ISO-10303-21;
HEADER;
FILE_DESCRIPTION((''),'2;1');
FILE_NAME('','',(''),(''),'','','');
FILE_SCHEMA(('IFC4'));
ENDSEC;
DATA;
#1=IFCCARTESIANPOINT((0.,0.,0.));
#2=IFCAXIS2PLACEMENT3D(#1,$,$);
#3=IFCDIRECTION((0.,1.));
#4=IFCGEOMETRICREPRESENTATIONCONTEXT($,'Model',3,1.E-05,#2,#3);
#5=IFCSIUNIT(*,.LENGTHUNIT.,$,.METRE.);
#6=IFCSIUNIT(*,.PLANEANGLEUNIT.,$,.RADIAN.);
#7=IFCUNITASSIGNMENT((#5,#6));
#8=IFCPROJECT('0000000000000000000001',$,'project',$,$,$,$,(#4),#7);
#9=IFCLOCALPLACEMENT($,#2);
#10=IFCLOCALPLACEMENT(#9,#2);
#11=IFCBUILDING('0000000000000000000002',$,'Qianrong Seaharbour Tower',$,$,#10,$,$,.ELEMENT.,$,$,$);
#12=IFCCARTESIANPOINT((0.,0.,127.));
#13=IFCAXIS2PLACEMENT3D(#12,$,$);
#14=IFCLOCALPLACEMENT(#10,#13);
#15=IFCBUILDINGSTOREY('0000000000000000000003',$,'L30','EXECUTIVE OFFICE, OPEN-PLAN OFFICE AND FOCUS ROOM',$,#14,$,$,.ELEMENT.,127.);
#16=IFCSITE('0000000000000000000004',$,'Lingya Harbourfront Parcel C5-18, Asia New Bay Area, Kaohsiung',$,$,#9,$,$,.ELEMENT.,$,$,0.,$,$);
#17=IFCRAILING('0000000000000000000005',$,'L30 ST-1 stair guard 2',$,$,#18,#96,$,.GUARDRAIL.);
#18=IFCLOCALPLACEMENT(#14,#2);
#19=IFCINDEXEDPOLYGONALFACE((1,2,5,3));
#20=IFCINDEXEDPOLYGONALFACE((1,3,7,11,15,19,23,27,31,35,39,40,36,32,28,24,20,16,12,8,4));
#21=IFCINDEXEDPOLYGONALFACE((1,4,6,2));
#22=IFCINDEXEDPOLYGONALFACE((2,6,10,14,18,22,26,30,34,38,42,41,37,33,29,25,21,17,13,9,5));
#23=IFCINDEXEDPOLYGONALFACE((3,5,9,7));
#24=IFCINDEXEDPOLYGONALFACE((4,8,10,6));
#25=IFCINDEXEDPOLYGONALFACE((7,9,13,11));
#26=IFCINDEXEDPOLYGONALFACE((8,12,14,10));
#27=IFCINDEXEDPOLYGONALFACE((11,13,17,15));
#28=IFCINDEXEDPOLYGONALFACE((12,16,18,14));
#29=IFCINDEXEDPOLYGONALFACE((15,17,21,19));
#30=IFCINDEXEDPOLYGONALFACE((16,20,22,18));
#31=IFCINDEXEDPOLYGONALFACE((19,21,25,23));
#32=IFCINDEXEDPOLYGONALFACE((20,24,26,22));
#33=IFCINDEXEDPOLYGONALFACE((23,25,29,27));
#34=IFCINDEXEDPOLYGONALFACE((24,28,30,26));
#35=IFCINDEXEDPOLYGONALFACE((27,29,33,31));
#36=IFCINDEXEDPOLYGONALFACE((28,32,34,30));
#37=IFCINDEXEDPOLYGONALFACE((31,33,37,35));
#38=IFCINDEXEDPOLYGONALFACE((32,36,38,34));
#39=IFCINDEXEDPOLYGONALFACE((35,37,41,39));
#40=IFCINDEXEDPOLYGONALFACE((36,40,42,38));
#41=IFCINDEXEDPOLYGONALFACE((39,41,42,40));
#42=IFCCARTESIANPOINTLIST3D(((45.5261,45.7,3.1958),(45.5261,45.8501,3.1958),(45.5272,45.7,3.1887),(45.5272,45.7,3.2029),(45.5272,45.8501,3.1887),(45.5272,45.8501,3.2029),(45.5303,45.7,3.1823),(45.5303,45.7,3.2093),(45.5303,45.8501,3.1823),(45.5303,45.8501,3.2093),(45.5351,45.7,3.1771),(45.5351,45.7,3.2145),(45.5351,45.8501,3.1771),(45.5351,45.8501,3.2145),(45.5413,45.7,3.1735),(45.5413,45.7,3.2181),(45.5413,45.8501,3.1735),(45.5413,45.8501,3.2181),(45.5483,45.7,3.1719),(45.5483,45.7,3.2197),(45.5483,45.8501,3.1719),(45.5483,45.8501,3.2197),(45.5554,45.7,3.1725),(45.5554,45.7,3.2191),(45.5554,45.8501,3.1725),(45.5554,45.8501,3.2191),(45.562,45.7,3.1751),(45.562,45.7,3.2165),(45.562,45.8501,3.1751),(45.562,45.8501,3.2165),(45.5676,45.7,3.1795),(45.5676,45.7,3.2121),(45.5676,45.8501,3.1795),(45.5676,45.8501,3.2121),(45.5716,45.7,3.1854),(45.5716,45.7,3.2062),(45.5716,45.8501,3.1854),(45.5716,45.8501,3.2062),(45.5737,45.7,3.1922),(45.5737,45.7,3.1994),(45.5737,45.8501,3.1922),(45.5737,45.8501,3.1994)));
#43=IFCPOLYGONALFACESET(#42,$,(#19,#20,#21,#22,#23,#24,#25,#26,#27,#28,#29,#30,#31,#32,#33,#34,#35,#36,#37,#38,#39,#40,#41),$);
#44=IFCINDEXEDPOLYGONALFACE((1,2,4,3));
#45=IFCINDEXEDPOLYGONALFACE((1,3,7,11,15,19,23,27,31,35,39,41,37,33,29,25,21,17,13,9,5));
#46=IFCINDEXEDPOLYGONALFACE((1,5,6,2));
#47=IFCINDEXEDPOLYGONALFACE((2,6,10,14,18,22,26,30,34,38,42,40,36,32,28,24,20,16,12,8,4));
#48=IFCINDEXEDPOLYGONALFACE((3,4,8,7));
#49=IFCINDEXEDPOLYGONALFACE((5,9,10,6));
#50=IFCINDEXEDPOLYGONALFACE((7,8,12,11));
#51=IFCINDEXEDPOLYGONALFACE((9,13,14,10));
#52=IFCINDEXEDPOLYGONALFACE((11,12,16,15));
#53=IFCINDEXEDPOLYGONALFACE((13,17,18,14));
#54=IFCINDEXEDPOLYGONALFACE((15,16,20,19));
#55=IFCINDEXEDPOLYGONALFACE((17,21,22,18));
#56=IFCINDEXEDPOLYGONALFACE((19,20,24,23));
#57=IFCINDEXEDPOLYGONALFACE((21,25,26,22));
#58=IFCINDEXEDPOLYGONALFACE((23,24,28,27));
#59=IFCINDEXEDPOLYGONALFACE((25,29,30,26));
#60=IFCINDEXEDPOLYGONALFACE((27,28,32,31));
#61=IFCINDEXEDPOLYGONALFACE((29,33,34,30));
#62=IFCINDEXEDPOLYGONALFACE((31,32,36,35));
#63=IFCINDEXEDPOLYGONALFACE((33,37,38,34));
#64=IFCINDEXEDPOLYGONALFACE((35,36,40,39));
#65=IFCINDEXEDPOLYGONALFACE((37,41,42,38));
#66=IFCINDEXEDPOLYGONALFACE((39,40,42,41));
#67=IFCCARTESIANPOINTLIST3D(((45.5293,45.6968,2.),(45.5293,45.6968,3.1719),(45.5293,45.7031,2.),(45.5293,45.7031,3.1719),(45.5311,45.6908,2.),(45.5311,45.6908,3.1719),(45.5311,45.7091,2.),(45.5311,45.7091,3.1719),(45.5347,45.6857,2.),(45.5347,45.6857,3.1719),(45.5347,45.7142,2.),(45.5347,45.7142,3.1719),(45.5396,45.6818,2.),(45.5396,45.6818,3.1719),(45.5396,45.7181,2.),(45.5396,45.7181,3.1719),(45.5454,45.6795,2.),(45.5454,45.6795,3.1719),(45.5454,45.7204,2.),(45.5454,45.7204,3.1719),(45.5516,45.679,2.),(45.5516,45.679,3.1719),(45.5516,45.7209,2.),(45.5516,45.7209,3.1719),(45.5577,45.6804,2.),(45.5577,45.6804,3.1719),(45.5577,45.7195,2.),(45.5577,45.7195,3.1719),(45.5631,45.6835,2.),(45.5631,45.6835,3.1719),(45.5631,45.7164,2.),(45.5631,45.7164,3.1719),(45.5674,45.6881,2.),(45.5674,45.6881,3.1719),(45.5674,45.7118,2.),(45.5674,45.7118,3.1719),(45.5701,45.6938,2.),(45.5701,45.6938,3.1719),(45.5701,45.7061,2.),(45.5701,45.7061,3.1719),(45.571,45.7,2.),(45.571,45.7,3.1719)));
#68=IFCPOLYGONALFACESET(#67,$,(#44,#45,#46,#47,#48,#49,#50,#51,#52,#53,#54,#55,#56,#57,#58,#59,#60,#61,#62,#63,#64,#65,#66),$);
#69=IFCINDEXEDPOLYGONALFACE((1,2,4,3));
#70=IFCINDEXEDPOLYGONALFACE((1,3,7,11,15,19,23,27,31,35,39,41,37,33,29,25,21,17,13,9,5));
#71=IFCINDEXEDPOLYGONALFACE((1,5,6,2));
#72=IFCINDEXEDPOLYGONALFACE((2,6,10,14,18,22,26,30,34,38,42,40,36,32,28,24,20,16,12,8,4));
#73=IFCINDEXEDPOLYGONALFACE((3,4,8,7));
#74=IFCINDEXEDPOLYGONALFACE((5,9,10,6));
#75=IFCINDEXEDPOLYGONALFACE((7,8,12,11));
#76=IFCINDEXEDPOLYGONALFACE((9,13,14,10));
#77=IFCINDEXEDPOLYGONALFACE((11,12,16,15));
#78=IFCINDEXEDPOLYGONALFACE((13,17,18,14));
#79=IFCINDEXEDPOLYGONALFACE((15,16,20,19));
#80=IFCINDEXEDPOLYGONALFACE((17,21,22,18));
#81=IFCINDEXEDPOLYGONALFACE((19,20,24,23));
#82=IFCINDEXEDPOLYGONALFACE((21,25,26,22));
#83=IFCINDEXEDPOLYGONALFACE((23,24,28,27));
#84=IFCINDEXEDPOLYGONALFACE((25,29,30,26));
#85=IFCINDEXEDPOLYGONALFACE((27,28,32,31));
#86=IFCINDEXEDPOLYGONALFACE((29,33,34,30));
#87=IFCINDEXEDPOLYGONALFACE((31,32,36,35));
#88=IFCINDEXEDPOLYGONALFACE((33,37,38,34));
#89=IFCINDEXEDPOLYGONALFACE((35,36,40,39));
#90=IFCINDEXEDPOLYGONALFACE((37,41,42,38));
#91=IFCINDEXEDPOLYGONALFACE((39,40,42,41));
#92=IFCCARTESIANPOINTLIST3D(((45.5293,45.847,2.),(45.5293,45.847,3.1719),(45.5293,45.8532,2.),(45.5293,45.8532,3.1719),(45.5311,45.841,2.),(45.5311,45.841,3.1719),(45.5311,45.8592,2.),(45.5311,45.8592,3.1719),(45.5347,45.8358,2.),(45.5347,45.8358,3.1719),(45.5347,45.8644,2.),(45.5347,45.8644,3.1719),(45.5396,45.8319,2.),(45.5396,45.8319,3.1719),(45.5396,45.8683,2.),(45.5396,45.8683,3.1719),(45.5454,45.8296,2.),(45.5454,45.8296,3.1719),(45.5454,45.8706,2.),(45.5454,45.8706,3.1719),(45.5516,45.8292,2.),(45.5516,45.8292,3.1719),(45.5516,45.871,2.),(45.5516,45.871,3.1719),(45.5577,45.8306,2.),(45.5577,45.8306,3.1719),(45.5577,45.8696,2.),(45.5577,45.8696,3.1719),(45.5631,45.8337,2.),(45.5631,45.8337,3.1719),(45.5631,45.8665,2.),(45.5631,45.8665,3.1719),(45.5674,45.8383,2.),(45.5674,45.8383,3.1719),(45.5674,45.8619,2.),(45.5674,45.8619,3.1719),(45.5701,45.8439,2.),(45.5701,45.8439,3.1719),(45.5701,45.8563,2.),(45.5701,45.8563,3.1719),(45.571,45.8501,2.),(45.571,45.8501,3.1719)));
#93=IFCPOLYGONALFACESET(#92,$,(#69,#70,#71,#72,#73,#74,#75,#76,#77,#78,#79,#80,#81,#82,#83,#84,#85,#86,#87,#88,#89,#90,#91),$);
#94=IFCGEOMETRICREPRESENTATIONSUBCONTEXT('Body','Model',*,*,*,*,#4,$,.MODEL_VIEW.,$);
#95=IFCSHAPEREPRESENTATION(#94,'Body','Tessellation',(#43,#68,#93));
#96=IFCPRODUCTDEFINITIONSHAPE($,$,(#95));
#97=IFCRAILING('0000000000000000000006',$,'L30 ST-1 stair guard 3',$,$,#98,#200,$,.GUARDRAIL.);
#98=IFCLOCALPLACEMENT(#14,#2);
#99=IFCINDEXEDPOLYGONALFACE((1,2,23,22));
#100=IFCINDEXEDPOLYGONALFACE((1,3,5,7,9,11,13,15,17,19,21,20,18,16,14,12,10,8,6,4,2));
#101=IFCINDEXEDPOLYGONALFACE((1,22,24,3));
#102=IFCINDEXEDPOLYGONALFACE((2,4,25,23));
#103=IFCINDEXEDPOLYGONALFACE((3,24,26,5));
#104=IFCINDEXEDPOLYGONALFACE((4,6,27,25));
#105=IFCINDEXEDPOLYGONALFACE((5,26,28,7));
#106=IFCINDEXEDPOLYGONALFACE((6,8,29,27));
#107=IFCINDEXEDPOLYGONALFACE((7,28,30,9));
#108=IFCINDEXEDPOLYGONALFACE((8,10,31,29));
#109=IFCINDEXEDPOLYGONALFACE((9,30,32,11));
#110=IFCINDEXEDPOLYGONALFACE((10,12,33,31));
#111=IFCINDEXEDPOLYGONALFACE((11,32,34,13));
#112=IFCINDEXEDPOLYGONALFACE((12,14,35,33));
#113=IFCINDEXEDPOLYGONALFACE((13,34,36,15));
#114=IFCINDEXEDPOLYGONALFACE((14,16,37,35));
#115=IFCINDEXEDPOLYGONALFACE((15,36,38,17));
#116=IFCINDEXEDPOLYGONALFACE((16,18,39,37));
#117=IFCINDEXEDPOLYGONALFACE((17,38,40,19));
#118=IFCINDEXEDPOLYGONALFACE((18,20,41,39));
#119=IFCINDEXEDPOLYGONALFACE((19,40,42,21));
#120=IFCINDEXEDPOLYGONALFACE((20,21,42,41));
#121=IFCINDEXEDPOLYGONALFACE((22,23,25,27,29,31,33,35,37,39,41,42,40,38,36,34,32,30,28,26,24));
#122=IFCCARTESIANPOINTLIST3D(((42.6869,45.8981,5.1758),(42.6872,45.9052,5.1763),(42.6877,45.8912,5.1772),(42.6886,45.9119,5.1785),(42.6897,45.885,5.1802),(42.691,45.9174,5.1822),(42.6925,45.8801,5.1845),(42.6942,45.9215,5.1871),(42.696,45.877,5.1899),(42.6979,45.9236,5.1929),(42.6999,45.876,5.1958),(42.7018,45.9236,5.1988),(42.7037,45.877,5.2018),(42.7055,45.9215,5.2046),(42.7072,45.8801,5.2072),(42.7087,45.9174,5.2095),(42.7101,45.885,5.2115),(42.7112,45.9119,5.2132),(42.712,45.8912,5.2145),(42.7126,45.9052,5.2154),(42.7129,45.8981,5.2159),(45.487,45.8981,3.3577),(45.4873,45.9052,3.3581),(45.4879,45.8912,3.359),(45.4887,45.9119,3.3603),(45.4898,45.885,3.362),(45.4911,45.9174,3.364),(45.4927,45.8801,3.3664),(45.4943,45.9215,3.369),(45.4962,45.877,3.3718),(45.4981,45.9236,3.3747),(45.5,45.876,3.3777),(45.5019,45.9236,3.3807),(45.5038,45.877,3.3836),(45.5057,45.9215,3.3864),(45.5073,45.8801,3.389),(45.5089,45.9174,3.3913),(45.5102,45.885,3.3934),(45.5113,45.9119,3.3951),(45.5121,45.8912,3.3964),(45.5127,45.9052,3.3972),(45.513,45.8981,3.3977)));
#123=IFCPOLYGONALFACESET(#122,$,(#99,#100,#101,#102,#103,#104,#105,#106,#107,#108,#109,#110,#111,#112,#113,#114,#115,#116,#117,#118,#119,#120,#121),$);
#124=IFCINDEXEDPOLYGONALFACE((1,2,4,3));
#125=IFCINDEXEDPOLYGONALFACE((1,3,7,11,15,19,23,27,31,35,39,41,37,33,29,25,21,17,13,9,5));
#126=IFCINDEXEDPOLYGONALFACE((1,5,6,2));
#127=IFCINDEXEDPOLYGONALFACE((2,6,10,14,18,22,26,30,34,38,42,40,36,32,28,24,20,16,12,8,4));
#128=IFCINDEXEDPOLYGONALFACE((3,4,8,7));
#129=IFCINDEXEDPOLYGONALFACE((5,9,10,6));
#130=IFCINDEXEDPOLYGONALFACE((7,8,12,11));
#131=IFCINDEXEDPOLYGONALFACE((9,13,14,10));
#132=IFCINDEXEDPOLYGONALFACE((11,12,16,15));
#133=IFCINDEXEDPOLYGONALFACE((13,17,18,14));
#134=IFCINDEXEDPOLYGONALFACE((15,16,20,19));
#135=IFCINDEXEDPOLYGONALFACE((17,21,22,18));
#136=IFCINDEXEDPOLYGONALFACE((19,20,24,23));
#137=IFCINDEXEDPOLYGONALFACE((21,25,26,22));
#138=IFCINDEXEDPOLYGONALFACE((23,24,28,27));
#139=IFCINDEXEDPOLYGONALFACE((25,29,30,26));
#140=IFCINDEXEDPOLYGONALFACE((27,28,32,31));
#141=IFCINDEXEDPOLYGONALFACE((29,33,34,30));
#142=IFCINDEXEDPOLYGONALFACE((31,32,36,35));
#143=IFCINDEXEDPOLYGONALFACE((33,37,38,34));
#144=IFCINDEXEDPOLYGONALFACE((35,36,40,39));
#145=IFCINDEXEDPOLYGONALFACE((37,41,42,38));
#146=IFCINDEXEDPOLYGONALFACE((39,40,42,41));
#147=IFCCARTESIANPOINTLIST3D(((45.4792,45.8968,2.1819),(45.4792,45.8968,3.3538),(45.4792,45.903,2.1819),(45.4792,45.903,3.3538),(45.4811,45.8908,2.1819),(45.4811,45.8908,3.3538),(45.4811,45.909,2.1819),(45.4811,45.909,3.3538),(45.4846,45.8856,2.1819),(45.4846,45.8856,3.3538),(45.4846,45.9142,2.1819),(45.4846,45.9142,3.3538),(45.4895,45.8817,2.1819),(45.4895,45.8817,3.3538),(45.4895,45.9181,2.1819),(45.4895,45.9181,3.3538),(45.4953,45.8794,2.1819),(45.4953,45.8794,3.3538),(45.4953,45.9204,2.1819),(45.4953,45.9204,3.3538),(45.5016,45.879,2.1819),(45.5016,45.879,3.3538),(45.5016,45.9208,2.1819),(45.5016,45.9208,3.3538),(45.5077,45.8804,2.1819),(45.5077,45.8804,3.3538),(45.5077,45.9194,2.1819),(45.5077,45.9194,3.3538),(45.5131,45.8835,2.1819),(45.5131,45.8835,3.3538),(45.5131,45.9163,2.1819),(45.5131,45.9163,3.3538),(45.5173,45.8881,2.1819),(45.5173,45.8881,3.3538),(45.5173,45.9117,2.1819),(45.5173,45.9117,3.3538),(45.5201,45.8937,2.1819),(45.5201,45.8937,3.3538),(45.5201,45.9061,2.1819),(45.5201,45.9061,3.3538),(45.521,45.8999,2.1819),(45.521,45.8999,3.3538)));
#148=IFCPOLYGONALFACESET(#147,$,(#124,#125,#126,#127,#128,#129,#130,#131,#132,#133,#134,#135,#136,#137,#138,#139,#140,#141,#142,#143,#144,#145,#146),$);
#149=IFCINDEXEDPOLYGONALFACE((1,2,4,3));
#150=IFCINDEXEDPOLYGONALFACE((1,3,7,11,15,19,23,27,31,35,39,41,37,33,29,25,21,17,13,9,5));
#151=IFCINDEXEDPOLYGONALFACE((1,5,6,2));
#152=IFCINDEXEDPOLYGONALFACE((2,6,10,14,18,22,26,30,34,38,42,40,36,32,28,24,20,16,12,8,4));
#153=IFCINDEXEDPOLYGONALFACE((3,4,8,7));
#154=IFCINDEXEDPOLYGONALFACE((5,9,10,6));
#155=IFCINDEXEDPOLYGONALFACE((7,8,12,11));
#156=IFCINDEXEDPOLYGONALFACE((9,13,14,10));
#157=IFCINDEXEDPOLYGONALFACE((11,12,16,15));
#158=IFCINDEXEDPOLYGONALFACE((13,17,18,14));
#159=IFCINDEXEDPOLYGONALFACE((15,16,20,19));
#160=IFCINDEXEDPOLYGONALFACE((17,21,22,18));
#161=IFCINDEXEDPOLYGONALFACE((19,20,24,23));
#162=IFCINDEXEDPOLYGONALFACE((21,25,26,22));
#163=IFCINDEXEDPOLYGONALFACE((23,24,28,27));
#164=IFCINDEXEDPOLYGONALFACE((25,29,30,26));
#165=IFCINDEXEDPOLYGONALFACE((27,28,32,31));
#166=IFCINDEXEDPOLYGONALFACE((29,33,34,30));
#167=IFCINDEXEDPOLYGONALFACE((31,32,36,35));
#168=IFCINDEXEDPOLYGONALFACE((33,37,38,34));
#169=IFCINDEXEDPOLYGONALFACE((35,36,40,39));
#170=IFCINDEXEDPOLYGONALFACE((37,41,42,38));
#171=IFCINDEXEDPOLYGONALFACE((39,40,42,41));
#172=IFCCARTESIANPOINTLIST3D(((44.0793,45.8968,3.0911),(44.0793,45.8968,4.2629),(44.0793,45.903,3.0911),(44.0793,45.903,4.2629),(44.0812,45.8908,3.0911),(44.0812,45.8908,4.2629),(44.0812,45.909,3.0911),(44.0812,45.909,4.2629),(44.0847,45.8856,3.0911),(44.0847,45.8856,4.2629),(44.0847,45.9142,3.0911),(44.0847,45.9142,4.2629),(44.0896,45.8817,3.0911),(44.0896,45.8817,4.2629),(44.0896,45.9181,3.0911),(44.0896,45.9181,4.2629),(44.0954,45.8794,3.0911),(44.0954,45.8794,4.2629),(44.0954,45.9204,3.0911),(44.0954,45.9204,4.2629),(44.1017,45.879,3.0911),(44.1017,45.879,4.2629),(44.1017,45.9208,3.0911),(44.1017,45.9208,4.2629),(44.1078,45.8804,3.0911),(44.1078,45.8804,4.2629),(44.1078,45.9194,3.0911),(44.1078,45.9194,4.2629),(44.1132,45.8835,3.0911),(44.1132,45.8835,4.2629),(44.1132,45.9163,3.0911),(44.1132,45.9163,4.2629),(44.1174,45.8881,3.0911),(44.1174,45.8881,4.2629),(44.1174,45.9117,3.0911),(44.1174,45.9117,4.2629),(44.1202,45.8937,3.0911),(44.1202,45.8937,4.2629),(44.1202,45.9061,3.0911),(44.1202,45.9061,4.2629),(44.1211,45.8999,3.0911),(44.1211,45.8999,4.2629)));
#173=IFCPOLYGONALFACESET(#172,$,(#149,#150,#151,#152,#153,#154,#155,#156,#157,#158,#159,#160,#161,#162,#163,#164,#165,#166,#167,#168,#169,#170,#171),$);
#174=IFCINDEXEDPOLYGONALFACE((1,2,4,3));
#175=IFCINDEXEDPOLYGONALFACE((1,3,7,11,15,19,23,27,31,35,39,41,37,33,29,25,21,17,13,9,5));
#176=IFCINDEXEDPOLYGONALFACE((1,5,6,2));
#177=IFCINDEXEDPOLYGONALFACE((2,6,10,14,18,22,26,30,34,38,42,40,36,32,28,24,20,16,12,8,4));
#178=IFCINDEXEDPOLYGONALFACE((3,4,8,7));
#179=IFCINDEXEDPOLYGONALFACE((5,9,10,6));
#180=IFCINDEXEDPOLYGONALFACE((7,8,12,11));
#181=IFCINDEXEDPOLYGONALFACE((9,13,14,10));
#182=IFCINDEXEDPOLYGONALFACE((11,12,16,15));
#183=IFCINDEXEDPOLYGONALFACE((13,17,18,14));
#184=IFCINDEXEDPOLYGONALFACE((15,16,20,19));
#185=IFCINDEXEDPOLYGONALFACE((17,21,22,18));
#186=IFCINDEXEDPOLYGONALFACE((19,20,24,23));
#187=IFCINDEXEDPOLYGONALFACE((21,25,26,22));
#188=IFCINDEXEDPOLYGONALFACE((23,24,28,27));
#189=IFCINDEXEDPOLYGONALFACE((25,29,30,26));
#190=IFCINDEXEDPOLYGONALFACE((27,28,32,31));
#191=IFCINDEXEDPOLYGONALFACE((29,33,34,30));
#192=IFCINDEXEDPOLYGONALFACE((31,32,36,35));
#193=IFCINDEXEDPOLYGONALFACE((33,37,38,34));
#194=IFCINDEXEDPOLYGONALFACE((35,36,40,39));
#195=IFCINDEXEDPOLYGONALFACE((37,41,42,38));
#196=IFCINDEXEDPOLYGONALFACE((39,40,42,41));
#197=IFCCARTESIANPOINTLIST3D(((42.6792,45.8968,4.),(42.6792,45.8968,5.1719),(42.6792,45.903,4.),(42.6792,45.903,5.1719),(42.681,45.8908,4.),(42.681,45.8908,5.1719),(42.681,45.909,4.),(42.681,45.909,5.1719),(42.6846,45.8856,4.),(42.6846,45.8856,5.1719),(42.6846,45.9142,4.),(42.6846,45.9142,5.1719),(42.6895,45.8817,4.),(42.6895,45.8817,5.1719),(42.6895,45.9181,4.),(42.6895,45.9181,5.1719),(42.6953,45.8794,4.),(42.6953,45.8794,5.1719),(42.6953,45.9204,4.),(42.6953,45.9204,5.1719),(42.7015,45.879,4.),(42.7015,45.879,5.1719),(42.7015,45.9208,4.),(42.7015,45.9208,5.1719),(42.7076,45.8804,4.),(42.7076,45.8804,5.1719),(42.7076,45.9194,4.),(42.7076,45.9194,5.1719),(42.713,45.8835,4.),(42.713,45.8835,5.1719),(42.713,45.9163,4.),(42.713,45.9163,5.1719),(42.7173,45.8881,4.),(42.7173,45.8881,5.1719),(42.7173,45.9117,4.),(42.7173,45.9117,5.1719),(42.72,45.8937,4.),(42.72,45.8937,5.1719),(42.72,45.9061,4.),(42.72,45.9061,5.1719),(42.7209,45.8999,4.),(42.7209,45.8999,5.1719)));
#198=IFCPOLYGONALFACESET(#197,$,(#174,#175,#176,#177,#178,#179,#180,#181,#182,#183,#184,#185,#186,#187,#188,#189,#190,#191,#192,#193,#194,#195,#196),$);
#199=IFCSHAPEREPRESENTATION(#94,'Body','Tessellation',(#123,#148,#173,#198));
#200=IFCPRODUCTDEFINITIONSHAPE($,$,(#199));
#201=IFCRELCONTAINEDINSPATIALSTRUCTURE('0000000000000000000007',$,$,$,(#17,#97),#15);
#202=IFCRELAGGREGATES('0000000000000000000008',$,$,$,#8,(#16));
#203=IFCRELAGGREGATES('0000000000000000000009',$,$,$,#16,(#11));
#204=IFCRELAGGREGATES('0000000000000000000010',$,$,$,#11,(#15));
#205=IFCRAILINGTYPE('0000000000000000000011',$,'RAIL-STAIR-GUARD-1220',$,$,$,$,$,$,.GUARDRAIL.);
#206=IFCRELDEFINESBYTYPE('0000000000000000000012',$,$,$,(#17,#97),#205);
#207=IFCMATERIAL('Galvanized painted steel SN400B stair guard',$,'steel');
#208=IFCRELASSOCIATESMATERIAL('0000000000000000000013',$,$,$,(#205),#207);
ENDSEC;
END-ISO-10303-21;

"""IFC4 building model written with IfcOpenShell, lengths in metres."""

from ifc_helpers import new_model, si_unit, direction, frame, origin, origin_2d, place, context, subcontext, project, spatial, circle, extrude, material, type_object, element, save


model = new_model("IFC4")

# Units and contexts
model_context = context("Model", 3, precision=1e-05, world=origin(), true_north=direction((0.0, 1.0)))
body_context = subcontext(model_context, "Body", "Model", "MODEL_VIEW")
ifc_project = project(units=[si_unit("LENGTHUNIT", "METRE"), si_unit("PLANEANGLEUNIT", "RADIAN")], contexts=[model_context])

# Site, building, storey
site_placement = place(None, origin())
site = spatial("IfcSite", under=ifc_project, at=site_placement, Name="Lingya Harbourfront Parcel C5-18, Asia New Bay Area, Kaohsiung", CompositionType="ELEMENT", RefElevation=0.0)
building_placement = place(site_placement, origin())
building = spatial("IfcBuilding", under=site, at=building_placement, Name="Qianrong Seaharbour Tower", CompositionType="ELEMENT")
storey_placement = place(building_placement, frame((0.0, 0.0, 127.0)))
storey = spatial("IfcBuildingStorey", under=building, at=storey_placement, Name="L30", Description="EXECUTIVE OFFICE, OPEN-PLAN OFFICE AND FOCUS ROOM", CompositionType="ELEMENT", Elevation=127.0)

# Railings
ifc_material_1 = material(Name="Galvanized painted steel SN400B stair guard", Category="steel")
railing_type_1 = type_object("IfcRailingType", Name="RAIL-STAIR-GUARD-1220", PredefinedType="GUARDRAIL", material=ifc_material_1)
railing_1_placement = place(storey_placement, frame((45.55, 45.7, 2.0)))
element("IfcRailing", 1, at=railing_1_placement, inside=storey, type_object=railing_type_1, Name="L30 ST-1 stair guard 2", PredefinedType="GUARDRAIL", context=body_context, shape_type="SweptSolid", body=[
    extrude(circle(Radius=0.0239, at=origin_2d()), frame((0.0, 0.0, 1.1958), z_axis=(0.0, 1.0, 0.0), x_axis=(-1.0, 0.0, 0.0)), (0.0, 0.0, 1.0), 0.1501),
    extrude(circle(Radius=0.021, at=origin_2d()), origin(), (0.0, 0.0, 1.0), 1.1719),
    extrude(circle(Radius=0.021, at=origin_2d()), frame((0.0, 0.1501, 0.0)), (0.0, 0.0, 1.0), 1.1719),
])
railing_2_placement = place(storey_placement, frame((45.5, 45.8999, 2.1819)))
element("IfcRailing", 2, at=railing_2_placement, inside=storey, type_object=railing_type_1, Name="L30 ST-1 stair guard 3", PredefinedType="GUARDRAIL", context=body_context, shape_type="SweptSolid", body=[
    extrude(circle(Radius=0.0239, at=origin_2d()), frame((0.0, 0.0, 1.1958), z_axis=(-0.838706, 0.0, 0.544585), x_axis=(0.0, -1.0, 0.0)), (0.0, 0.0, 1.0), 3.3386),
    extrude(circle(Radius=0.021, at=origin_2d()), origin(), (0.0, 0.0, 1.0), 1.1719),
    extrude(circle(Radius=0.021, at=origin_2d()), frame((-1.3999, 0.0, 0.9092)), (0.0, 0.0, 1.0), 1.1719),
    extrude(circle(Radius=0.021, at=origin_2d()), frame((-2.8, 0.0, 1.8181)), (0.0, 0.0, 1.0), 1.1719),
])

save(model, "model.ifc")
